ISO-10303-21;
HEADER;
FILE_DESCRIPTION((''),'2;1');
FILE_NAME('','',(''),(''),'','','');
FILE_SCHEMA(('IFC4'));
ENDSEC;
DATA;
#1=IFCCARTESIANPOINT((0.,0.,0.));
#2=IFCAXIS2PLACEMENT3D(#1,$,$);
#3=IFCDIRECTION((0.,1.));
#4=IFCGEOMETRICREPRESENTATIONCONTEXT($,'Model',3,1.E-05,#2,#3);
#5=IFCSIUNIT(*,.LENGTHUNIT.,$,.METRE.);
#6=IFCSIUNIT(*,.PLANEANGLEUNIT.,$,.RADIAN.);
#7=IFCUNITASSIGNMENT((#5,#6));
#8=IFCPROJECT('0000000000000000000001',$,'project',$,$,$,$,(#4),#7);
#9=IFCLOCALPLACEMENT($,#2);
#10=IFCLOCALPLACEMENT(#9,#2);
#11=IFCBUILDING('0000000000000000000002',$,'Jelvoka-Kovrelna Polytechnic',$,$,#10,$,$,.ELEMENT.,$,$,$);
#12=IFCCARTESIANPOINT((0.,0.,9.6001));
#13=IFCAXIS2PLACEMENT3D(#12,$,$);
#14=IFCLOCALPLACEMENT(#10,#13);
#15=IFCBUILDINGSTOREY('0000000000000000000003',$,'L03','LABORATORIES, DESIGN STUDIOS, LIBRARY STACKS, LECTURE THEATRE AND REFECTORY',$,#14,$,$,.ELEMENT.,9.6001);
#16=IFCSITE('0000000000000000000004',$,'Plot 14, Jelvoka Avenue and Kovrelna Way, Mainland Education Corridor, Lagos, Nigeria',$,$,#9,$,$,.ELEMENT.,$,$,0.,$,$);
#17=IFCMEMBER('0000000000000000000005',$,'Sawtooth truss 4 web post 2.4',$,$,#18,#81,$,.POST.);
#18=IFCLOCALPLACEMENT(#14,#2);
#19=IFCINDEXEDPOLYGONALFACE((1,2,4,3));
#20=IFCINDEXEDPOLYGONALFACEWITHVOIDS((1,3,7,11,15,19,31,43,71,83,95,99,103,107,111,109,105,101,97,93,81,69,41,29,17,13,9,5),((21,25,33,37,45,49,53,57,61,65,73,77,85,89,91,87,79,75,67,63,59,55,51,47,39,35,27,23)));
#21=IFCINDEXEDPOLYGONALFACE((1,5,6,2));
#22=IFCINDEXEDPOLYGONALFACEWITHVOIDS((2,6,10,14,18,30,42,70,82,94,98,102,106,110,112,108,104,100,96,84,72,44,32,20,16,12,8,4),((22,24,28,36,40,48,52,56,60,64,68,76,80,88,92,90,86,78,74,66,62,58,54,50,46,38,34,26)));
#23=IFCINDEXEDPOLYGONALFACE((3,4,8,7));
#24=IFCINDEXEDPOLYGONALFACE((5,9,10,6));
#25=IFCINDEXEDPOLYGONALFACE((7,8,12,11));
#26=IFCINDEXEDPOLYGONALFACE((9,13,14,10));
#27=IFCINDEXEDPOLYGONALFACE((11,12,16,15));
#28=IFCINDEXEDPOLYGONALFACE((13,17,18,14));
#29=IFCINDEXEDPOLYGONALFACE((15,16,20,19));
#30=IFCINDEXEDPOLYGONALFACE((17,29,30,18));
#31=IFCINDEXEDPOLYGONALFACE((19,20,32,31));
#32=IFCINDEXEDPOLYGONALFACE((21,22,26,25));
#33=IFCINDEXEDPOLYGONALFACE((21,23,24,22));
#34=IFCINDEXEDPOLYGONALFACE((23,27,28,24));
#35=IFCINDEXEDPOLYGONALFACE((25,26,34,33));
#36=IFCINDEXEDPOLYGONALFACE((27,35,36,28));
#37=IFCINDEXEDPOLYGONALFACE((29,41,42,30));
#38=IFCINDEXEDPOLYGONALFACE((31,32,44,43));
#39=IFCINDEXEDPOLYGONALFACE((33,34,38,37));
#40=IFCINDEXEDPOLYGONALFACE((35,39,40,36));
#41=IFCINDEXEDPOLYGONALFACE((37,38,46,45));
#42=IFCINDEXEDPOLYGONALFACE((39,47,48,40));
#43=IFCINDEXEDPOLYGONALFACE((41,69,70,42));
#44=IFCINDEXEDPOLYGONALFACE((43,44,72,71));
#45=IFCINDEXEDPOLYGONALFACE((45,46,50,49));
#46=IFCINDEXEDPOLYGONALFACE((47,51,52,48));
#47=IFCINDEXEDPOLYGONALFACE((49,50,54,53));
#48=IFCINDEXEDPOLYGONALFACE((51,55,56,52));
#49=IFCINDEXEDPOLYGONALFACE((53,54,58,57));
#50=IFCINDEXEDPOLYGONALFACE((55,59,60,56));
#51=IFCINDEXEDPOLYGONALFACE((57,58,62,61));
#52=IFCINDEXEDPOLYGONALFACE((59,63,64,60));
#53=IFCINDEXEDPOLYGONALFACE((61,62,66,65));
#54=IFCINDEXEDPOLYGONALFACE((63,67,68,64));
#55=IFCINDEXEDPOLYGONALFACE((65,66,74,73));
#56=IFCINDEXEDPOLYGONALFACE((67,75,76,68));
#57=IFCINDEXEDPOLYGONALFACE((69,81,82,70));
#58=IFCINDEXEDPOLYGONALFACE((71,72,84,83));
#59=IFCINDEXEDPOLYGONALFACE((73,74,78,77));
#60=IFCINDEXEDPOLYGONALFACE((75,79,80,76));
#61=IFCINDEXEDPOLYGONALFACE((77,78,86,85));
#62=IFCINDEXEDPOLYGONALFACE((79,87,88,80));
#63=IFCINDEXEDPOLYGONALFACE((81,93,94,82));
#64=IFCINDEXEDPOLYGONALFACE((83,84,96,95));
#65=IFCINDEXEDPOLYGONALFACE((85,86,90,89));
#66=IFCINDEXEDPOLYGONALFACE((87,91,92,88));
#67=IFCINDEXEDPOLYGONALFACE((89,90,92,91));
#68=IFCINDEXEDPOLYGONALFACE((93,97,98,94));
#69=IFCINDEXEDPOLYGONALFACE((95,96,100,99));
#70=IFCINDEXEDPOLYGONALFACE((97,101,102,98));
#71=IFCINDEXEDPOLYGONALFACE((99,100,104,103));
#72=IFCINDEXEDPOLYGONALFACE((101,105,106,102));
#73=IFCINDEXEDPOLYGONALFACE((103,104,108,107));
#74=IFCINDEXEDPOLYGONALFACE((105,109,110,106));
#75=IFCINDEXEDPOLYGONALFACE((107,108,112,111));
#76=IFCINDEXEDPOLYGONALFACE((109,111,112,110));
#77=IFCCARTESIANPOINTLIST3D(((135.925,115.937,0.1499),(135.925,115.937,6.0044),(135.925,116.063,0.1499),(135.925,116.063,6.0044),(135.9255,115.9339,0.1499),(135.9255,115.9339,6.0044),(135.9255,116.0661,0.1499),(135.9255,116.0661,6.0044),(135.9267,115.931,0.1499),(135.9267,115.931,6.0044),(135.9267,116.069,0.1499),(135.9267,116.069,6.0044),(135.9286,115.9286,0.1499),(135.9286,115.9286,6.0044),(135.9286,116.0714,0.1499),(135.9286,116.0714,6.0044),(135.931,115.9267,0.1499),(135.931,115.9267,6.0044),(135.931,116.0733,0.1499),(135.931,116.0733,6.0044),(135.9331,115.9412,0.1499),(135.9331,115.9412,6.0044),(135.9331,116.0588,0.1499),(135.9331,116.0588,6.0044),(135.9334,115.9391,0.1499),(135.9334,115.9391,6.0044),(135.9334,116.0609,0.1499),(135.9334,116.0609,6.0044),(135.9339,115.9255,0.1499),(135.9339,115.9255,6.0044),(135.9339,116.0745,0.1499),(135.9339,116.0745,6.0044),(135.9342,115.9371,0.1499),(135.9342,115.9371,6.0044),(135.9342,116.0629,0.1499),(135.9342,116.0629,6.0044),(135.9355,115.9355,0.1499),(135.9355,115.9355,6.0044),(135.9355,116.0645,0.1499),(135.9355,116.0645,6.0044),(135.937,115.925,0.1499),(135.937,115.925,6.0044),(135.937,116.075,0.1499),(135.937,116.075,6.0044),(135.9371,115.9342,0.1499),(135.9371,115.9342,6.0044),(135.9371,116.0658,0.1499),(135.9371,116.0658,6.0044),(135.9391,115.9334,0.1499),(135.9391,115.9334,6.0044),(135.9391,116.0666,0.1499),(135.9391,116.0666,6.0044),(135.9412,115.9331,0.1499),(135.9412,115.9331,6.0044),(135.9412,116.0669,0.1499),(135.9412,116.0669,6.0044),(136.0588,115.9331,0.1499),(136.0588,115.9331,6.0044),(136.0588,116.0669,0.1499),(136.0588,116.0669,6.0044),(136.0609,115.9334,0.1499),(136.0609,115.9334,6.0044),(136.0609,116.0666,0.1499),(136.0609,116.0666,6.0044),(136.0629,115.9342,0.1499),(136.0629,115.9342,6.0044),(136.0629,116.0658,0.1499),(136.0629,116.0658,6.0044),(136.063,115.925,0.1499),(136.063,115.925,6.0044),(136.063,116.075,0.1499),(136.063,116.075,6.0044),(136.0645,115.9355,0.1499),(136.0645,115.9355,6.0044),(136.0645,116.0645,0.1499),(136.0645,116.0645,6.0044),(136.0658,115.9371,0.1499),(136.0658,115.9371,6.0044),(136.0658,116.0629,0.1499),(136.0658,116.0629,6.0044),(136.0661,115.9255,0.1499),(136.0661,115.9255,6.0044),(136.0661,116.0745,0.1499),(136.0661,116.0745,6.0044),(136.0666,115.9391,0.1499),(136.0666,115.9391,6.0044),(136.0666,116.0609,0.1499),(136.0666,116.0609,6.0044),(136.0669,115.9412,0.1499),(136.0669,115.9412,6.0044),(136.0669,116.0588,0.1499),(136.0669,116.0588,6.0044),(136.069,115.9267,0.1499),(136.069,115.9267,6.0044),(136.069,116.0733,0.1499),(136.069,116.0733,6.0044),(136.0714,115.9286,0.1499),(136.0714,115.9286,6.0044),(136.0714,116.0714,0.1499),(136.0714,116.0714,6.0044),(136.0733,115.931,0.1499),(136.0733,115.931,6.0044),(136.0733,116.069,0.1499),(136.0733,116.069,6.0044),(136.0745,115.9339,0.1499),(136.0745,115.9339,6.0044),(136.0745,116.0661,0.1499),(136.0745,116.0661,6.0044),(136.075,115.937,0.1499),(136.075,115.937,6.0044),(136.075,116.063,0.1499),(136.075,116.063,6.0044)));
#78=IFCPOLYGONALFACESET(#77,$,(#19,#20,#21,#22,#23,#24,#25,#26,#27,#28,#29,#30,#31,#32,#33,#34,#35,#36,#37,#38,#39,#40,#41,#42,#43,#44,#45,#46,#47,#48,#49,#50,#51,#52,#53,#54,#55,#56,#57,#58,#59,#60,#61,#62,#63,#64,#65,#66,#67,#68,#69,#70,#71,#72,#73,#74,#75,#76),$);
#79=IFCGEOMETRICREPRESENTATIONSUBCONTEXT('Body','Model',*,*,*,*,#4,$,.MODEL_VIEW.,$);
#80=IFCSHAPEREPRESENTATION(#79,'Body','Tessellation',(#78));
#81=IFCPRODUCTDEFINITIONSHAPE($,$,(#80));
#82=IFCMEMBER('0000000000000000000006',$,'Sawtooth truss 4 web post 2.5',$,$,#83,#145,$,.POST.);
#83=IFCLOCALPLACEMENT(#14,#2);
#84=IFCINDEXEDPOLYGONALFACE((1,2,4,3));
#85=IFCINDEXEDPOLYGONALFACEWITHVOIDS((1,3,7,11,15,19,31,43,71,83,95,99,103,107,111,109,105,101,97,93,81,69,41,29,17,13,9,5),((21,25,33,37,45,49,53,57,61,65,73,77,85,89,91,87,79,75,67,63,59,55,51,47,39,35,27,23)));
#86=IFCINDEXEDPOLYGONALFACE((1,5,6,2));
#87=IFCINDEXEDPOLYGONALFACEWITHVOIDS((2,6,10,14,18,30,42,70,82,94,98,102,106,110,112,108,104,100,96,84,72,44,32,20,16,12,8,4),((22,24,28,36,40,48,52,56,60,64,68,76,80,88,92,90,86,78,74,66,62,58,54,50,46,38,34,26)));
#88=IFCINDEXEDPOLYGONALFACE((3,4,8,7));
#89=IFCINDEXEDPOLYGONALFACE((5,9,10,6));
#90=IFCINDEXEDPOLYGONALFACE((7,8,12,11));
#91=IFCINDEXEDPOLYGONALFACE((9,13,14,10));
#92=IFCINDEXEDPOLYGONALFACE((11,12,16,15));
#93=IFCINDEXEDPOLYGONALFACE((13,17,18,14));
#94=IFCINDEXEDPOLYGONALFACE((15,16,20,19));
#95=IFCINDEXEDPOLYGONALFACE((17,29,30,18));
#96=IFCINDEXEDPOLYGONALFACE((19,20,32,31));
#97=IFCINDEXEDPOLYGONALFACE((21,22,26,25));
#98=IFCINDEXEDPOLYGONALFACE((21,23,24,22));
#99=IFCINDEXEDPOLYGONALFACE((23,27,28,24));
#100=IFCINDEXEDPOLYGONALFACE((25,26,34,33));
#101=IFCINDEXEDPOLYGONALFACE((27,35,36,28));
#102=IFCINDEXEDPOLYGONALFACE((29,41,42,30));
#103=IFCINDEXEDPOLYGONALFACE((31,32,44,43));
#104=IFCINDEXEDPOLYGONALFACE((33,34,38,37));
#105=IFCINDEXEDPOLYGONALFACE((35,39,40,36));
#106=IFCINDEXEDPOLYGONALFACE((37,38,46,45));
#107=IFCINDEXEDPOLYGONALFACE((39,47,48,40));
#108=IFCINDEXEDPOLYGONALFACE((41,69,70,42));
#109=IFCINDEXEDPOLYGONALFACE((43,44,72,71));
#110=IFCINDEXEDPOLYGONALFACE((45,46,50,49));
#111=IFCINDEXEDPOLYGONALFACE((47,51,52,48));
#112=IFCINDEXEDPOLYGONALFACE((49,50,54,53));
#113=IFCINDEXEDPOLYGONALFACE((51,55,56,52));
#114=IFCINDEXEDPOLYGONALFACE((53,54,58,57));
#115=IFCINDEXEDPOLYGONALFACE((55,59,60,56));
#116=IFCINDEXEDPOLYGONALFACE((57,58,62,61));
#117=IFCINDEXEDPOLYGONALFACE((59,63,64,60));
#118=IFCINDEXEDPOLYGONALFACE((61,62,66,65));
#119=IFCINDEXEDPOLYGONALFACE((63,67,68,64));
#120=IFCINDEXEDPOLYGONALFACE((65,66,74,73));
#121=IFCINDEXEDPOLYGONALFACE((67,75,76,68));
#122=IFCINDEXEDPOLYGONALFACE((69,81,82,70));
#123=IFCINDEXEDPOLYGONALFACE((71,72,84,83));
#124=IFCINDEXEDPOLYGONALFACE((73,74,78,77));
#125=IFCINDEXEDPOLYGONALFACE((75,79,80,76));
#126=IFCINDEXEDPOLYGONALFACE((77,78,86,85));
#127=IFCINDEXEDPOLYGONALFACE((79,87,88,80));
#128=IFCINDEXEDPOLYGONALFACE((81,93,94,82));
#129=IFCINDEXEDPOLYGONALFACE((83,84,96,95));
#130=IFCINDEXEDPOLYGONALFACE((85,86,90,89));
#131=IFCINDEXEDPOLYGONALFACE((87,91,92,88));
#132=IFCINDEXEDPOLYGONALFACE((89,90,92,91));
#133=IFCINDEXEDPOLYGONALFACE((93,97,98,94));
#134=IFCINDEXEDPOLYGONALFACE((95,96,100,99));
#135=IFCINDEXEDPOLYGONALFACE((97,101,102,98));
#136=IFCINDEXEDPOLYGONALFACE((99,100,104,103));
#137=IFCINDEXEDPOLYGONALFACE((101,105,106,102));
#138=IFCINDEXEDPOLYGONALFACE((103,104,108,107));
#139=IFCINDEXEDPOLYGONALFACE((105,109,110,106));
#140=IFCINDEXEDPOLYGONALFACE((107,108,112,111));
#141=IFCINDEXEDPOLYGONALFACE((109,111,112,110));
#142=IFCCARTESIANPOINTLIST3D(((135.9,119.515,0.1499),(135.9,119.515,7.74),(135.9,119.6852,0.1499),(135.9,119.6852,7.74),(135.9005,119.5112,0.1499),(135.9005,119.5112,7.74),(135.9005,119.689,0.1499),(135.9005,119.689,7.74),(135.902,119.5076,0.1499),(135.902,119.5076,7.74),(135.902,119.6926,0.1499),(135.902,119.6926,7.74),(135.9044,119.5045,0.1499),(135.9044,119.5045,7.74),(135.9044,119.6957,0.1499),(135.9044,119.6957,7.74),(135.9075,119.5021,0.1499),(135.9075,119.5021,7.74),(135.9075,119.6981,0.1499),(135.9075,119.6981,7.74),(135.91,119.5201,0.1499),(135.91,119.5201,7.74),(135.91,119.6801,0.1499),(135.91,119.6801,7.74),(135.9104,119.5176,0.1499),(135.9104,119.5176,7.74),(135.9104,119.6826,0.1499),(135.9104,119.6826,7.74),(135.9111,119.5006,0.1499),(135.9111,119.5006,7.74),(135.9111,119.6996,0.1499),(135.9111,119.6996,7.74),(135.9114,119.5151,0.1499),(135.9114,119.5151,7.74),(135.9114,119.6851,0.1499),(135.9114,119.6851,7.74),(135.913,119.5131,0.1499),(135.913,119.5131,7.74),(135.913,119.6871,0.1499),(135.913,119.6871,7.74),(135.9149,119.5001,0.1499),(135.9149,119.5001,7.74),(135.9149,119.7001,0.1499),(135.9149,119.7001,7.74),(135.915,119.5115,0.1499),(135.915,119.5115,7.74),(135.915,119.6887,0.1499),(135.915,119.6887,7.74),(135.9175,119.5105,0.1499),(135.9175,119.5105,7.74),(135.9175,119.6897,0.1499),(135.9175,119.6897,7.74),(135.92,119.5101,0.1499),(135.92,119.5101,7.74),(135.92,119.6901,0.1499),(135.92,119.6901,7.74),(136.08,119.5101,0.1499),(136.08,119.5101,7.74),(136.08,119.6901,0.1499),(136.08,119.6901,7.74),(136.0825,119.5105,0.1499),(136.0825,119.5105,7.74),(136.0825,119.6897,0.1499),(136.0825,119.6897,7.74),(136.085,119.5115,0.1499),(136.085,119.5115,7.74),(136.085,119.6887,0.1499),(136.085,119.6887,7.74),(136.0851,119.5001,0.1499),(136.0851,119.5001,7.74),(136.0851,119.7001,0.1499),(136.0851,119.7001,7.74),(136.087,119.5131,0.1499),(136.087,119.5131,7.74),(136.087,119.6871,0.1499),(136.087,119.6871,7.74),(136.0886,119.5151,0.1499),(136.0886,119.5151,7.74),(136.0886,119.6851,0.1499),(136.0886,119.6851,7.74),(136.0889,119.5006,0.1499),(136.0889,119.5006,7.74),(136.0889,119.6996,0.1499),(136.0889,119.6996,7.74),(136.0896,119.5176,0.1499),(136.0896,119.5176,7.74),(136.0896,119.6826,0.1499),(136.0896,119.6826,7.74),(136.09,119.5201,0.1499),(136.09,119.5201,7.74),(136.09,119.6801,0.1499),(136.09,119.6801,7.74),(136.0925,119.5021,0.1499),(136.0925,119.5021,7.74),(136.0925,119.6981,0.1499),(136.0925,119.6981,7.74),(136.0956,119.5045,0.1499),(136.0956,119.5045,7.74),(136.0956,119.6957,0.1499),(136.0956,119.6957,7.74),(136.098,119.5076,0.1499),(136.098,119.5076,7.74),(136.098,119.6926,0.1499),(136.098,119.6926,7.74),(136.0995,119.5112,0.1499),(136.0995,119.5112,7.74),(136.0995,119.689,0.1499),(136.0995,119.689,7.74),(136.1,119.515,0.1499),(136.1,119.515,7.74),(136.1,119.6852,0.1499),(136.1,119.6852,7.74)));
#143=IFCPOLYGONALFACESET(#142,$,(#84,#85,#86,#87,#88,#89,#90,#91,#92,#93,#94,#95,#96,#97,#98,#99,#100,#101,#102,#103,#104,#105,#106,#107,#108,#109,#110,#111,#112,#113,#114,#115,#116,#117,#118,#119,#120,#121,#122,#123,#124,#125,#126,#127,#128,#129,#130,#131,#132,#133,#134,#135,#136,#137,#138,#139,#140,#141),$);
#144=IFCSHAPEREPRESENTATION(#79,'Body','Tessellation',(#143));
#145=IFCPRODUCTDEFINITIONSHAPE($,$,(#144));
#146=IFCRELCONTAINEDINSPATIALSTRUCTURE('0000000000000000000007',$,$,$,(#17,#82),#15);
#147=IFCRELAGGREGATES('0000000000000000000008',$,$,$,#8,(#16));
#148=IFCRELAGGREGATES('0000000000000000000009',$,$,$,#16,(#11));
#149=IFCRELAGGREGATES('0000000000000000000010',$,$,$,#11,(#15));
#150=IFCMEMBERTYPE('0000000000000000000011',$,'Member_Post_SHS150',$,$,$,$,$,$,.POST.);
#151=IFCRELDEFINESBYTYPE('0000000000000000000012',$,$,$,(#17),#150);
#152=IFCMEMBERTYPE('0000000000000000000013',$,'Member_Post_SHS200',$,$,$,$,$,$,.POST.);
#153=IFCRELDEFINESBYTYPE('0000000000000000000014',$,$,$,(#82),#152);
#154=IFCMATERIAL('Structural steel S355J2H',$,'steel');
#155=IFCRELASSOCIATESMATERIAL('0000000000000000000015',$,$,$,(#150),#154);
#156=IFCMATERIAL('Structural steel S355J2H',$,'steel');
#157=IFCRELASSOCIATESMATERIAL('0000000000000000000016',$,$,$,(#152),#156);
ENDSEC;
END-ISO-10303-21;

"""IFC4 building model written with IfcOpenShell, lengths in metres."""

from ifc_helpers import new_model, si_unit, direction, frame, origin, origin_2d, place, context, subcontext, project, spatial, hollow_rectangle, extrude, material, material_profile, profile_set, type_object, element, save


model = new_model("IFC4")

# Units and contexts
model_context = context("Model", 3, precision=1e-05, world=origin(), true_north=direction((0.0, 1.0)))
body_context = subcontext(model_context, "Body", "Model", "MODEL_VIEW")
ifc_project = project(units=[si_unit("LENGTHUNIT", "METRE"), si_unit("PLANEANGLEUNIT", "RADIAN")], contexts=[model_context])

# Site, building, storey
site_placement = place(None, origin())
site = spatial("IfcSite", under=ifc_project, at=site_placement, Name="Plot 14, Jelvoka Avenue and Kovrelna Way, Mainland Education Corridor, Lagos, Nigeria", CompositionType="ELEMENT", RefElevation=0.0)
building_placement = place(site_placement, origin())
building = spatial("IfcBuilding", under=site, at=building_placement, Name="Jelvoka-Kovrelna Polytechnic", CompositionType="ELEMENT")
storey_placement = place(building_placement, frame((0.0, 0.0, 9.6001)))
storey = spatial("IfcBuildingStorey", under=building, at=storey_placement, Name="L03", Description="LABORATORIES, DESIGN STUDIOS, LIBRARY STACKS, LECTURE THEATRE AND REFECTORY", CompositionType="ELEMENT", Elevation=9.6001)

# Members
ifc_material_1 = material(Name="Structural steel S355J2H", Category="steel")
ifc_material_profile_1 = material_profile(ifc_material_1, hollow_rectangle(XDim=0.1499, YDim=0.1499, WallThickness=0.0081, InnerFilletRadius=0.0081, OuterFilletRadius=0.012, at=origin_2d()), Name="150x150x8.0 SHS")
ifc_profile_set_1 = profile_set([ifc_material_profile_1], Name="Structural steel S355J2H")
member_type_1 = type_object("IfcMemberType", Name="Member_Post_SHS150", PredefinedType="POST", material=ifc_profile_set_1)
member_1_placement = place(storey_placement, frame((136.0, 116.0, 0.1499), z_axis=(0.0, 0.0, 1.0), x_axis=(1.0, 0.0, 0.0)))
element("IfcMember", 1, at=member_1_placement, inside=storey, type_object=member_type_1, Name="Sawtooth truss 4 web post 2.4", PredefinedType="POST", context=body_context, shape_type="SweptSolid", body=[
    extrude(hollow_rectangle(XDim=0.1499, YDim=0.1499, WallThickness=0.0081, InnerFilletRadius=0.0081, OuterFilletRadius=0.012, at=origin_2d()), origin(), (0.0, 0.0, 1.0), 5.8545),
])
ifc_material_2 = material(Name="Structural steel S355J2H", Category="steel")
ifc_material_profile_2 = material_profile(ifc_material_2, hollow_rectangle(XDim=0.2, YDim=0.2, WallThickness=0.01, InnerFilletRadius=0.01, OuterFilletRadius=0.0149, at=origin_2d()), Name="200x200x10.0 SHS")
ifc_profile_set_2 = profile_set([ifc_material_profile_2], Name="Structural steel S355J2H")
member_type_2 = type_object("IfcMemberType", Name="Member_Post_SHS200", PredefinedType="POST", material=ifc_profile_set_2)
member_2_placement = place(storey_placement, frame((136.0, 119.6001, 0.1499), z_axis=(0.0, 0.0, 1.0), x_axis=(1.0, 0.0, 0.0)))
element("IfcMember", 2, at=member_2_placement, inside=storey, type_object=member_type_2, Name="Sawtooth truss 4 web post 2.5", PredefinedType="POST", context=body_context, shape_type="SweptSolid", body=[
    extrude(hollow_rectangle(XDim=0.2, YDim=0.2, WallThickness=0.01, InnerFilletRadius=0.01, OuterFilletRadius=0.0149, at=origin_2d()), origin(), (0.0, 0.0, 1.0), 7.5901),
])

save(model, "model.ifc")
